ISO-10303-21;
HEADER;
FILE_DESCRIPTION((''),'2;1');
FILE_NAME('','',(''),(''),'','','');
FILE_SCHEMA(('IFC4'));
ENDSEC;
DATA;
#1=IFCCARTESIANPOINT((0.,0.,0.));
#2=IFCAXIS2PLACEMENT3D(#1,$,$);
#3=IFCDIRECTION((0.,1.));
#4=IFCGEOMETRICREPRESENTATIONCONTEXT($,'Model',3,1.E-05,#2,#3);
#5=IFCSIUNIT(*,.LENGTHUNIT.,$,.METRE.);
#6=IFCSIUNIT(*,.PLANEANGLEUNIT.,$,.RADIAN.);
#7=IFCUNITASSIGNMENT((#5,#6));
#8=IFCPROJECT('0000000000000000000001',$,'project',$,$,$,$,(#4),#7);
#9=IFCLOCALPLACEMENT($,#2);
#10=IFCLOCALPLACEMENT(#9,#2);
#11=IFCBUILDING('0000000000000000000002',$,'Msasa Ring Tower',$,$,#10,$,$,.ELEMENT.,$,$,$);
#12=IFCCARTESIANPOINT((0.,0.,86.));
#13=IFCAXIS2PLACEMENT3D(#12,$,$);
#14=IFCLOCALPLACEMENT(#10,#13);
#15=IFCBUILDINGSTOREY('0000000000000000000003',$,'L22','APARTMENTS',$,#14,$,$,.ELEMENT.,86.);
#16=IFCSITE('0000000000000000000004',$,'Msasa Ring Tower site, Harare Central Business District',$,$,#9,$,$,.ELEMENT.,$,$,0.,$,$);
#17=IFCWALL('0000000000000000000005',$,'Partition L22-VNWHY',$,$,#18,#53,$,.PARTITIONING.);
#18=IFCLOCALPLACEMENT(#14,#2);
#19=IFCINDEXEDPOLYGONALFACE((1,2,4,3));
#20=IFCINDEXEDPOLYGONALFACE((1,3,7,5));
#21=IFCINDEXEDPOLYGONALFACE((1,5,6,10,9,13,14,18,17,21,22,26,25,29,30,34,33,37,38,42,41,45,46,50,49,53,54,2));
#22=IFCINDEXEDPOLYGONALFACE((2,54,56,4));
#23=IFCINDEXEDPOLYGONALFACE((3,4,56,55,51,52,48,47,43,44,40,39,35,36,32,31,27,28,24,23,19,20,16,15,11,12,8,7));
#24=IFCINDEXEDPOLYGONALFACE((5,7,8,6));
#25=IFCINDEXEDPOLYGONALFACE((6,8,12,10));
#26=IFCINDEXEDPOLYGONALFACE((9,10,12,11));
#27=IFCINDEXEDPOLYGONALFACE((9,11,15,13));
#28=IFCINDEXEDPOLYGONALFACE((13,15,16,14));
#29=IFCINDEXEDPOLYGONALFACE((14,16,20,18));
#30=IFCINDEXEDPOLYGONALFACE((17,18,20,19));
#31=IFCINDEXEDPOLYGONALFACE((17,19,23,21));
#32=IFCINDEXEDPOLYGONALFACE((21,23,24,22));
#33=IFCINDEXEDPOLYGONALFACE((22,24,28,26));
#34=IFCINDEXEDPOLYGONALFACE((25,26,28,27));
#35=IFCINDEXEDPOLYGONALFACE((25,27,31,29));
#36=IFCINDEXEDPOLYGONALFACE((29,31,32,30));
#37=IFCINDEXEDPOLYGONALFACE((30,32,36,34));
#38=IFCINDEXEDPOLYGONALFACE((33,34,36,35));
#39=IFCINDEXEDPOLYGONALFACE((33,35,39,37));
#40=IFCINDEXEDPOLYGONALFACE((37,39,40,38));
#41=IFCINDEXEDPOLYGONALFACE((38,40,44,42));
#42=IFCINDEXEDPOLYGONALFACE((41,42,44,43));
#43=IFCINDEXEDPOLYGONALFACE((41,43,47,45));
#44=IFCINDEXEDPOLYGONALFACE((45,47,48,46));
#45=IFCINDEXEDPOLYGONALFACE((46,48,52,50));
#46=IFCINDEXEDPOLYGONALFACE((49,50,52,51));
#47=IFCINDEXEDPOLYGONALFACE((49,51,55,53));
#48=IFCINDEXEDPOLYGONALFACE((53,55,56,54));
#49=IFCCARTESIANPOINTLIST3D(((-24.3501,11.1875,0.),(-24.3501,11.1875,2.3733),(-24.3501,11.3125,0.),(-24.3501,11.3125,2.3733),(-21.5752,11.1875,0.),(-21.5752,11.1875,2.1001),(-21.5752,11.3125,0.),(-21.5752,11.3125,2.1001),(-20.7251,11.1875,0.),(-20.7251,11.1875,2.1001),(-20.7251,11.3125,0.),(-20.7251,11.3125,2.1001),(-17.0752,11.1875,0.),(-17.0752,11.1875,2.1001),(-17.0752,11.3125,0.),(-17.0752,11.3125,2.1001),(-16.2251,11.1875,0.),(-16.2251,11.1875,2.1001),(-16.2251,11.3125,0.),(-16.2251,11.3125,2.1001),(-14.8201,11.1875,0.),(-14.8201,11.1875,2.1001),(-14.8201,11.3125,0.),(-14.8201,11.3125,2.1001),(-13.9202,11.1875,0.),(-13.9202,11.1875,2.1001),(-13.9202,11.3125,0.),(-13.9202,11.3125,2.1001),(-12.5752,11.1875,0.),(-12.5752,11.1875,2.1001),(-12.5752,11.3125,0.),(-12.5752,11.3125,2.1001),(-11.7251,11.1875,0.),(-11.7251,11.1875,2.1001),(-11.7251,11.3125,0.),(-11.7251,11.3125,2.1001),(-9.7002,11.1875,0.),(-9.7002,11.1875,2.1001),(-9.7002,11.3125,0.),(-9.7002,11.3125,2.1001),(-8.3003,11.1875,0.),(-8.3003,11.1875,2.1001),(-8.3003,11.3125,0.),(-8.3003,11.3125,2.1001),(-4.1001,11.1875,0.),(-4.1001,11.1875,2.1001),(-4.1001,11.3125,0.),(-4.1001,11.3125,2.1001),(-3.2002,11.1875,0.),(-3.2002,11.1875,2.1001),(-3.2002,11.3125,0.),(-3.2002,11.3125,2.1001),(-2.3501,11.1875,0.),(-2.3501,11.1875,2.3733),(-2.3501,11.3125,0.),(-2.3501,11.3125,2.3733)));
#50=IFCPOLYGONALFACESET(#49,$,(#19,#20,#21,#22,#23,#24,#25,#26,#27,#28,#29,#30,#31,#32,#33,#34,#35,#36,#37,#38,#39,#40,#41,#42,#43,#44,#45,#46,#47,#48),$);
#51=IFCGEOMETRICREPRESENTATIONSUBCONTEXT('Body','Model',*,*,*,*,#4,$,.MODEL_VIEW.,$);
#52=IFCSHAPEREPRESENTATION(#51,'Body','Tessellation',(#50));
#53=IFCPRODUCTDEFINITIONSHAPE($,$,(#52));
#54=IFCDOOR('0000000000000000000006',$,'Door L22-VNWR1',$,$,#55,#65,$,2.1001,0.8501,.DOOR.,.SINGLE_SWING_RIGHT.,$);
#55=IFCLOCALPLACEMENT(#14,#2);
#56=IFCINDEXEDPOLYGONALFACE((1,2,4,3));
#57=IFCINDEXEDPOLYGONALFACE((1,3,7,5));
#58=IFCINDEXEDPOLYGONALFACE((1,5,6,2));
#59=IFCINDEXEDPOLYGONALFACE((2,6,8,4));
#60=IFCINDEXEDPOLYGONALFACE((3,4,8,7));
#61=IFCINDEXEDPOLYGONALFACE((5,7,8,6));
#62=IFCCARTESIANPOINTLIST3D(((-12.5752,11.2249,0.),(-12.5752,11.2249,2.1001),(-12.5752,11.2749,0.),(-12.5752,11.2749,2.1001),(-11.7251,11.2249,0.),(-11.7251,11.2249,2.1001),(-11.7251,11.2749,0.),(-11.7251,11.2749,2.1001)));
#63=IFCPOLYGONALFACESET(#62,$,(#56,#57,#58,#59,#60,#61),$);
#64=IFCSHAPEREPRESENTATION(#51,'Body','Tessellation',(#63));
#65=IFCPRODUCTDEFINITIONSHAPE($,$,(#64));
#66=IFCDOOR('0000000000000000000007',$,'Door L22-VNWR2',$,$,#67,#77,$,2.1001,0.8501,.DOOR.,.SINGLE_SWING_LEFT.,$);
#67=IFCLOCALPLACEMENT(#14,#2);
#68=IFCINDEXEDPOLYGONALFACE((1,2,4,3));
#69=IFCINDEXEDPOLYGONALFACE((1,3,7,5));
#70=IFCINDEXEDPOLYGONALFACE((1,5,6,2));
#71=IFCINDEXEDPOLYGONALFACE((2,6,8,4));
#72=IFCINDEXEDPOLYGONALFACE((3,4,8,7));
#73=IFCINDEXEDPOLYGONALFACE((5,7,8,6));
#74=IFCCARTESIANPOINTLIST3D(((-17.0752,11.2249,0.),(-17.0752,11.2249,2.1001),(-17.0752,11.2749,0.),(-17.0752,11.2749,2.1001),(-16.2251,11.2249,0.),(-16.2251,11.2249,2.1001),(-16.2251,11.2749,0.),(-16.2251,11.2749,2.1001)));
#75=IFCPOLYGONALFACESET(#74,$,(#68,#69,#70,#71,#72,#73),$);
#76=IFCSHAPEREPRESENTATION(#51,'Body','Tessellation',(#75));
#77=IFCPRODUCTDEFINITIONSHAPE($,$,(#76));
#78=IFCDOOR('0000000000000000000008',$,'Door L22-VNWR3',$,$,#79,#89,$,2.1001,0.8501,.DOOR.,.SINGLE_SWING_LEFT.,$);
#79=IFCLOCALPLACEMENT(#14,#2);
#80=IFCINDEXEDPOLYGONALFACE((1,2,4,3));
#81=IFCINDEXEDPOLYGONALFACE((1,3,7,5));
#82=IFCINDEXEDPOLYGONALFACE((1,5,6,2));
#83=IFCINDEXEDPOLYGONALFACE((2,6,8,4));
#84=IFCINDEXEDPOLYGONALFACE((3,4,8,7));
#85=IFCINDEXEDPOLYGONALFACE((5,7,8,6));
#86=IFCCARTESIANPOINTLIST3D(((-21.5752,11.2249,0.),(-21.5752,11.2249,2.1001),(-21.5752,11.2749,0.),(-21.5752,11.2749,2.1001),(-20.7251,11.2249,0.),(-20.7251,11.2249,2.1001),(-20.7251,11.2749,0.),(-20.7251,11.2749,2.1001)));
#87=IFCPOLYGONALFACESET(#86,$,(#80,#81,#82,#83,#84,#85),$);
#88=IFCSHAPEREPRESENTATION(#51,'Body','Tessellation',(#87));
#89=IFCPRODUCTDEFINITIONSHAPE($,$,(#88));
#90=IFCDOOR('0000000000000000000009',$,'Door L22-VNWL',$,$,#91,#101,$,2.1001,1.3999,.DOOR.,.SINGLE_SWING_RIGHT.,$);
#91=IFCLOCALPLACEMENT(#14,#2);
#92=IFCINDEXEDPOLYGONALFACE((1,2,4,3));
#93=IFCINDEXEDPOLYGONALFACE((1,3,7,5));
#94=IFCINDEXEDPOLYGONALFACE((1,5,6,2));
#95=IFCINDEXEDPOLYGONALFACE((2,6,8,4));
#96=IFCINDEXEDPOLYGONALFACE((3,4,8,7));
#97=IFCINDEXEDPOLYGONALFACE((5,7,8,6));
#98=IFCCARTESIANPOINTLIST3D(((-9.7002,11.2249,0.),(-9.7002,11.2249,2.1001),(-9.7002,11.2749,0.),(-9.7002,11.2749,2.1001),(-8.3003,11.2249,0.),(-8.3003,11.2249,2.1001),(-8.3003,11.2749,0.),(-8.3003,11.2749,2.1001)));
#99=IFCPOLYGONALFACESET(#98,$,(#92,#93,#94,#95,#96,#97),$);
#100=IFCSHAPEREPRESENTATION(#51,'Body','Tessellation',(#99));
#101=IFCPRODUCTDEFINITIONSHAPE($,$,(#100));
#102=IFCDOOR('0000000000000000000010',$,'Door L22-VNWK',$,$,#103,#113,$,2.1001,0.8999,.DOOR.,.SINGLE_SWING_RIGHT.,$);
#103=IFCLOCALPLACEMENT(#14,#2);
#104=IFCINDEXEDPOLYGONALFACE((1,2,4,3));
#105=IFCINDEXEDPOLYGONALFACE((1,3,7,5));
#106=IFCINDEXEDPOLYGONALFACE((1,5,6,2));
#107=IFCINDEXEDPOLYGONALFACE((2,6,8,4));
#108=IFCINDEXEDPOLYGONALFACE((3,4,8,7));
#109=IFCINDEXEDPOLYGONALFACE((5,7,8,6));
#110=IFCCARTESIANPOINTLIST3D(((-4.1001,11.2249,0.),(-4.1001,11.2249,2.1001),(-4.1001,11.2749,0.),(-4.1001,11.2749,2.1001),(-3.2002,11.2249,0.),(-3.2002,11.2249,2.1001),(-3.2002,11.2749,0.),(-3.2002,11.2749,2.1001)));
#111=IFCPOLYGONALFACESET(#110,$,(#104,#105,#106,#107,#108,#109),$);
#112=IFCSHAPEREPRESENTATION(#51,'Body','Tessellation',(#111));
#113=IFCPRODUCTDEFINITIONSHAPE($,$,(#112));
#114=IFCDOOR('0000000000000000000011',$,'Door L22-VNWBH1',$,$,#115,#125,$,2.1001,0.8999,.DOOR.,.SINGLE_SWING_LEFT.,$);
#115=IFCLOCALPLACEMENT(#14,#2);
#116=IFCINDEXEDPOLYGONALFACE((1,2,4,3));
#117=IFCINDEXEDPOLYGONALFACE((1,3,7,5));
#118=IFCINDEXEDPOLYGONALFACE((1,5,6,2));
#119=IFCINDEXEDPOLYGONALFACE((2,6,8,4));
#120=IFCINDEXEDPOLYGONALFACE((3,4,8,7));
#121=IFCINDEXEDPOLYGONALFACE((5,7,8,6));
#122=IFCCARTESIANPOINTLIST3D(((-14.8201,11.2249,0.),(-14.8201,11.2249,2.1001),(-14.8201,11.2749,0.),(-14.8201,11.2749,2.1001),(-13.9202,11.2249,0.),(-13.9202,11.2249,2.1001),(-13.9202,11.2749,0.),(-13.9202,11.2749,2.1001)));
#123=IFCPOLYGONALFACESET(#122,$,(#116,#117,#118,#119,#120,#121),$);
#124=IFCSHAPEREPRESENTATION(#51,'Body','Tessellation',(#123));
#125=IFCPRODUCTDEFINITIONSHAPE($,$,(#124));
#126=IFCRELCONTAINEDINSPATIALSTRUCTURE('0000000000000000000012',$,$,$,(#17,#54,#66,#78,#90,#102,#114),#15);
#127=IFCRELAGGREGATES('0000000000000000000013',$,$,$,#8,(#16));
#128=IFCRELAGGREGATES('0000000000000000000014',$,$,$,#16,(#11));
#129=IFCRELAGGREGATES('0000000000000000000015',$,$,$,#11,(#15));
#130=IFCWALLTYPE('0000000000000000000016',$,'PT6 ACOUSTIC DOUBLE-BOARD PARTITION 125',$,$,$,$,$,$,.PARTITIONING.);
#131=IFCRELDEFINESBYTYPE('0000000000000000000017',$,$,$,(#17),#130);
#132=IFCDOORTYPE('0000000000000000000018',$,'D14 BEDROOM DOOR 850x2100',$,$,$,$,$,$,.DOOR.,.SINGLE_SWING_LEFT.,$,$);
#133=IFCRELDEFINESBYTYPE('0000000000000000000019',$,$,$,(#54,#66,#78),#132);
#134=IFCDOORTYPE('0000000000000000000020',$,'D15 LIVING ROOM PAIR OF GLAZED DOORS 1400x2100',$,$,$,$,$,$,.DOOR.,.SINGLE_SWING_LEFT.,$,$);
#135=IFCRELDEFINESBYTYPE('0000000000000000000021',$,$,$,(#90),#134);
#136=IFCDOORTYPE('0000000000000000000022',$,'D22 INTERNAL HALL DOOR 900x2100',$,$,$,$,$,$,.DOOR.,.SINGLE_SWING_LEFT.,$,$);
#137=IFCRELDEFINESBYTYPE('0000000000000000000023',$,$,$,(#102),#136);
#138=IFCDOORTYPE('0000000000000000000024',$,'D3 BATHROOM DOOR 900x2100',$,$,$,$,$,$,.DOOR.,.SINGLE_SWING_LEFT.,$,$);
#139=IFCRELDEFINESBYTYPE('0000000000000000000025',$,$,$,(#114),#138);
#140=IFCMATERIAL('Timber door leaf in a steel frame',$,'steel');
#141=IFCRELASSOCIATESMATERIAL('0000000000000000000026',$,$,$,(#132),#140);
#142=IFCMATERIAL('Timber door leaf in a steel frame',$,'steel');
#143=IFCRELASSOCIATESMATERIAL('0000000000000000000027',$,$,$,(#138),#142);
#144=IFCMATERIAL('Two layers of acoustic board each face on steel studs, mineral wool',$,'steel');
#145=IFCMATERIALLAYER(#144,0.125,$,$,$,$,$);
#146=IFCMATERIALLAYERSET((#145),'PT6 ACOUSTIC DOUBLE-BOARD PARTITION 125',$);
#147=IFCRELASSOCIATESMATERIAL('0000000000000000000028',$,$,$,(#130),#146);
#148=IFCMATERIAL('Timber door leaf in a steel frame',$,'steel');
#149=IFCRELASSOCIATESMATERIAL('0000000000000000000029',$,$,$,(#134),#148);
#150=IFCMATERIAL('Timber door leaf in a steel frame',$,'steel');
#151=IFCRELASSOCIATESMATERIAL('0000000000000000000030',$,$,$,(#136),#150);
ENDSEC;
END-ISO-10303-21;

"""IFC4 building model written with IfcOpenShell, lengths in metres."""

from ifc_helpers import new_model, si_unit, direction, frame, frame_2d, origin, place, context, subcontext, project, spatial, rectangle, extrude, material, layer, layer_set, type_object, element, fill, save


model = new_model("IFC4")

# Units and contexts
model_context = context("Model", 3, precision=1e-05, world=origin(), true_north=direction((0.0, 1.0)))
body_context = subcontext(model_context, "Body", "Model", "MODEL_VIEW")
ifc_project = project(units=[si_unit("LENGTHUNIT", "METRE"), si_unit("PLANEANGLEUNIT", "RADIAN")], contexts=[model_context])

# Site, building, storey
site_placement = place(None, origin())
site = spatial("IfcSite", under=ifc_project, at=site_placement, Name="Msasa Ring Tower site, Harare Central Business District", CompositionType="ELEMENT", RefElevation=0.0)
building_placement = place(site_placement, origin())
building = spatial("IfcBuilding", under=site, at=building_placement, Name="Msasa Ring Tower", CompositionType="ELEMENT")
storey_placement = place(building_placement, frame((0.0, 0.0, 86.0)))
storey = spatial("IfcBuildingStorey", under=building, at=storey_placement, Name="L22", Description="APARTMENTS", CompositionType="ELEMENT", Elevation=86.0)

# Shared definitions
ifc_material_1 = material(Name="Timber door leaf in a steel frame", Category="steel")
door_type_1 = type_object("IfcDoorType", Name="D14 BEDROOM DOOR 850x2100", OperationType="SINGLE_SWING_LEFT", PredefinedType="DOOR", material=ifc_material_1)
ifc_material_2 = material(Name="Timber door leaf in a steel frame", Category="steel")
door_type_2 = type_object("IfcDoorType", Name="D3 BATHROOM DOOR 900x2100", OperationType="SINGLE_SWING_LEFT", PredefinedType="DOOR", material=ifc_material_2)

# Wall, openings, doors
ifc_material_3 = material(Name="Two layers of acoustic board each face on steel studs, mineral wool", Category="steel")
ifc_layer_1 = layer(ifc_material_3, 0.125)
ifc_layer_set_1 = layer_set([ifc_layer_1], Name="PT6 ACOUSTIC DOUBLE-BOARD PARTITION 125")
wall_type_1 = type_object("IfcWallType", Name="PT6 ACOUSTIC DOUBLE-BOARD PARTITION 125", PredefinedType="PARTITIONING", material=ifc_layer_set_1)
wall_1_placement = place(storey_placement, frame((-24.3501, 11.25, 0.0), z_axis=(0.0, 0.0, 1.0), x_axis=(1.0, 0.0, 0.0)))
wall_1 = element("IfcWall", 1, at=wall_1_placement, inside=storey, type_object=wall_type_1, Name="Partition L22-VNWHY", PredefinedType="PARTITIONING", context=body_context, shape_type="SweptSolid", body=[
    extrude(rectangle(XDim=22.0, YDim=0.125, at=frame_2d((11.0, 0.0))), origin(), (0.0, 0.0, 1.0), 2.3733),
])
opening_1_placement = place(wall_1_placement, frame((20.25, 0.0, 0.0)))
opening_1 = element("IfcOpeningElement", 2, at=opening_1_placement, cuts=wall_1, PredefinedType="OPENING", context=body_context, shape_type="SweptSolid", body=[
    extrude(rectangle(XDim=0.8999, YDim=2.1001, at=frame_2d((0.45, 1.05))), frame((0.0, 0.0725, 0.0), z_axis=(0.0, -1.0, 0.0), x_axis=(1.0, 0.0, 0.0)), (0.0, 0.0, 1.0), 0.145),
])
opening_2_placement = place(wall_1_placement, frame((14.6499, 0.0, 0.0)))
opening_2 = element("IfcOpeningElement", 3, at=opening_2_placement, cuts=wall_1, PredefinedType="OPENING", context=body_context, shape_type="SweptSolid", body=[
    extrude(rectangle(XDim=1.3999, YDim=2.1001, at=frame_2d((0.7, 1.05))), frame((0.0, 0.0725, 0.0), z_axis=(0.0, -1.0, 0.0), x_axis=(1.0, 0.0, 0.0)), (0.0, 0.0, 1.0), 0.145),
])
opening_3_placement = place(wall_1_placement, frame((11.7749, 0.0, 0.0)))
opening_3 = element("IfcOpeningElement", 4, at=opening_3_placement, cuts=wall_1, PredefinedType="OPENING", context=body_context, shape_type="SweptSolid", body=[
    extrude(rectangle(XDim=0.8501, YDim=2.1001, at=frame_2d((0.425, 1.05))), frame((0.0, 0.0725, 0.0), z_axis=(0.0, -1.0, 0.0), x_axis=(1.0, 0.0, 0.0)), (0.0, 0.0, 1.0), 0.145),
])
opening_4_placement = place(wall_1_placement, frame((9.53, 0.0, 0.0)))
opening_4 = element("IfcOpeningElement", 5, at=opening_4_placement, cuts=wall_1, PredefinedType="OPENING", context=body_context, shape_type="SweptSolid", body=[
    extrude(rectangle(XDim=0.8999, YDim=2.1001, at=frame_2d((0.45, 1.05))), frame((0.0, 0.0725, 0.0), z_axis=(0.0, -1.0, 0.0), x_axis=(1.0, 0.0, 0.0)), (0.0, 0.0, 1.0), 0.145),
])
opening_5_placement = place(wall_1_placement, frame((7.2749, 0.0, 0.0)))
opening_5 = element("IfcOpeningElement", 6, at=opening_5_placement, cuts=wall_1, PredefinedType="OPENING", context=body_context, shape_type="SweptSolid", body=[
    extrude(rectangle(XDim=0.8501, YDim=2.1001, at=frame_2d((0.425, 1.05))), frame((0.0, 0.0725, 0.0), z_axis=(0.0, -1.0, 0.0), x_axis=(1.0, 0.0, 0.0)), (0.0, 0.0, 1.0), 0.145),
])
opening_6_placement = place(wall_1_placement, frame((2.7749, 0.0, 0.0)))
opening_6 = element("IfcOpeningElement", 7, at=opening_6_placement, cuts=wall_1, PredefinedType="OPENING", context=body_context, shape_type="SweptSolid", body=[
    extrude(rectangle(XDim=0.8501, YDim=2.1001, at=frame_2d((0.425, 1.05))), frame((0.0, 0.0725, 0.0), z_axis=(0.0, -1.0, 0.0), x_axis=(1.0, 0.0, 0.0)), (0.0, 0.0, 1.0), 0.145),
])
door_1_placement = place(opening_3_placement, origin())
door_1 = element("IfcDoor", 8, at=door_1_placement, inside=storey, type_object=door_type_1, Name="Door L22-VNWR1", OperationType="SINGLE_SWING_RIGHT", OverallHeight=2.1001, OverallWidth=0.8501, PredefinedType="DOOR", context=body_context, shape_type="SweptSolid", body=[
    extrude(rectangle(XDim=0.8501, YDim=2.1001, at=frame_2d((0.425, 1.05))), frame((0.0, 0.0249, 0.0), z_axis=(0.0, -1.0, 0.0), x_axis=(1.0, 0.0, 0.0)), (0.0, 0.0, 1.0), 0.05),
])
fill(opening_3, door_1)
door_2_placement = place(opening_5_placement, origin())
door_2 = element("IfcDoor", 9, at=door_2_placement, inside=storey, type_object=door_type_1, Name="Door L22-VNWR2", OperationType="SINGLE_SWING_LEFT", OverallHeight=2.1001, OverallWidth=0.8501, PredefinedType="DOOR", context=body_context, shape_type="SweptSolid", body=[
    extrude(rectangle(XDim=0.8501, YDim=2.1001, at=frame_2d((0.425, 1.05))), frame((0.0, 0.0249, 0.0), z_axis=(0.0, -1.0, 0.0), x_axis=(1.0, 0.0, 0.0)), (0.0, 0.0, 1.0), 0.05),
])
fill(opening_5, door_2)
door_3_placement = place(opening_6_placement, origin())
door_3 = element("IfcDoor", 10, at=door_3_placement, inside=storey, type_object=door_type_1, Name="Door L22-VNWR3", OperationType="SINGLE_SWING_LEFT", OverallHeight=2.1001, OverallWidth=0.8501, PredefinedType="DOOR", context=body_context, shape_type="SweptSolid", body=[
    extrude(rectangle(XDim=0.8501, YDim=2.1001, at=frame_2d((0.425, 1.05))), frame((0.0, 0.0249, 0.0), z_axis=(0.0, -1.0, 0.0), x_axis=(1.0, 0.0, 0.0)), (0.0, 0.0, 1.0), 0.05),
])
fill(opening_6, door_3)
ifc_material_4 = material(Name="Timber door leaf in a steel frame", Category="steel")
door_type_3 = type_object("IfcDoorType", Name="D15 LIVING ROOM PAIR OF GLAZED DOORS 1400x2100", OperationType="SINGLE_SWING_LEFT", PredefinedType="DOOR", material=ifc_material_4)
door_4_placement = place(opening_2_placement, origin())
door_4 = element("IfcDoor", 11, at=door_4_placement, inside=storey, type_object=door_type_3, Name="Door L22-VNWL", OperationType="SINGLE_SWING_RIGHT", OverallHeight=2.1001, OverallWidth=1.3999, PredefinedType="DOOR", context=body_context, shape_type="SweptSolid", body=[
    extrude(rectangle(XDim=1.3999, YDim=2.1001, at=frame_2d((0.7, 1.05))), frame((0.0, 0.0249, 0.0), z_axis=(0.0, -1.0, 0.0), x_axis=(1.0, 0.0, 0.0)), (0.0, 0.0, 1.0), 0.05),
])
fill(opening_2, door_4)
ifc_material_5 = material(Name="Timber door leaf in a steel frame", Category="steel")
door_type_4 = type_object("IfcDoorType", Name="D22 INTERNAL HALL DOOR 900x2100", OperationType="SINGLE_SWING_LEFT", PredefinedType="DOOR", material=ifc_material_5)
door_5_placement = place(opening_1_placement, origin())
door_5 = element("IfcDoor", 12, at=door_5_placement, inside=storey, type_object=door_type_4, Name="Door L22-VNWK", OperationType="SINGLE_SWING_RIGHT", OverallHeight=2.1001, OverallWidth=0.8999, PredefinedType="DOOR", context=body_context, shape_type="SweptSolid", body=[
    extrude(rectangle(XDim=0.8999, YDim=2.1001, at=frame_2d((0.45, 1.05))), frame((0.0, 0.0249, 0.0), z_axis=(0.0, -1.0, 0.0), x_axis=(1.0, 0.0, 0.0)), (0.0, 0.0, 1.0), 0.05),
])
fill(opening_1, door_5)
door_6_placement = place(opening_4_placement, origin())
door_6 = element("IfcDoor", 13, at=door_6_placement, inside=storey, type_object=door_type_2, Name="Door L22-VNWBH1", OperationType="SINGLE_SWING_LEFT", OverallHeight=2.1001, OverallWidth=0.8999, PredefinedType="DOOR", context=body_context, shape_type="SweptSolid", body=[
    extrude(rectangle(XDim=0.8999, YDim=2.1001, at=frame_2d((0.45, 1.05))), frame((0.0, 0.0249, 0.0), z_axis=(0.0, -1.0, 0.0), x_axis=(1.0, 0.0, 0.0)), (0.0, 0.0, 1.0), 0.05),
])
fill(opening_4, door_6)

save(model, "model.ifc")
